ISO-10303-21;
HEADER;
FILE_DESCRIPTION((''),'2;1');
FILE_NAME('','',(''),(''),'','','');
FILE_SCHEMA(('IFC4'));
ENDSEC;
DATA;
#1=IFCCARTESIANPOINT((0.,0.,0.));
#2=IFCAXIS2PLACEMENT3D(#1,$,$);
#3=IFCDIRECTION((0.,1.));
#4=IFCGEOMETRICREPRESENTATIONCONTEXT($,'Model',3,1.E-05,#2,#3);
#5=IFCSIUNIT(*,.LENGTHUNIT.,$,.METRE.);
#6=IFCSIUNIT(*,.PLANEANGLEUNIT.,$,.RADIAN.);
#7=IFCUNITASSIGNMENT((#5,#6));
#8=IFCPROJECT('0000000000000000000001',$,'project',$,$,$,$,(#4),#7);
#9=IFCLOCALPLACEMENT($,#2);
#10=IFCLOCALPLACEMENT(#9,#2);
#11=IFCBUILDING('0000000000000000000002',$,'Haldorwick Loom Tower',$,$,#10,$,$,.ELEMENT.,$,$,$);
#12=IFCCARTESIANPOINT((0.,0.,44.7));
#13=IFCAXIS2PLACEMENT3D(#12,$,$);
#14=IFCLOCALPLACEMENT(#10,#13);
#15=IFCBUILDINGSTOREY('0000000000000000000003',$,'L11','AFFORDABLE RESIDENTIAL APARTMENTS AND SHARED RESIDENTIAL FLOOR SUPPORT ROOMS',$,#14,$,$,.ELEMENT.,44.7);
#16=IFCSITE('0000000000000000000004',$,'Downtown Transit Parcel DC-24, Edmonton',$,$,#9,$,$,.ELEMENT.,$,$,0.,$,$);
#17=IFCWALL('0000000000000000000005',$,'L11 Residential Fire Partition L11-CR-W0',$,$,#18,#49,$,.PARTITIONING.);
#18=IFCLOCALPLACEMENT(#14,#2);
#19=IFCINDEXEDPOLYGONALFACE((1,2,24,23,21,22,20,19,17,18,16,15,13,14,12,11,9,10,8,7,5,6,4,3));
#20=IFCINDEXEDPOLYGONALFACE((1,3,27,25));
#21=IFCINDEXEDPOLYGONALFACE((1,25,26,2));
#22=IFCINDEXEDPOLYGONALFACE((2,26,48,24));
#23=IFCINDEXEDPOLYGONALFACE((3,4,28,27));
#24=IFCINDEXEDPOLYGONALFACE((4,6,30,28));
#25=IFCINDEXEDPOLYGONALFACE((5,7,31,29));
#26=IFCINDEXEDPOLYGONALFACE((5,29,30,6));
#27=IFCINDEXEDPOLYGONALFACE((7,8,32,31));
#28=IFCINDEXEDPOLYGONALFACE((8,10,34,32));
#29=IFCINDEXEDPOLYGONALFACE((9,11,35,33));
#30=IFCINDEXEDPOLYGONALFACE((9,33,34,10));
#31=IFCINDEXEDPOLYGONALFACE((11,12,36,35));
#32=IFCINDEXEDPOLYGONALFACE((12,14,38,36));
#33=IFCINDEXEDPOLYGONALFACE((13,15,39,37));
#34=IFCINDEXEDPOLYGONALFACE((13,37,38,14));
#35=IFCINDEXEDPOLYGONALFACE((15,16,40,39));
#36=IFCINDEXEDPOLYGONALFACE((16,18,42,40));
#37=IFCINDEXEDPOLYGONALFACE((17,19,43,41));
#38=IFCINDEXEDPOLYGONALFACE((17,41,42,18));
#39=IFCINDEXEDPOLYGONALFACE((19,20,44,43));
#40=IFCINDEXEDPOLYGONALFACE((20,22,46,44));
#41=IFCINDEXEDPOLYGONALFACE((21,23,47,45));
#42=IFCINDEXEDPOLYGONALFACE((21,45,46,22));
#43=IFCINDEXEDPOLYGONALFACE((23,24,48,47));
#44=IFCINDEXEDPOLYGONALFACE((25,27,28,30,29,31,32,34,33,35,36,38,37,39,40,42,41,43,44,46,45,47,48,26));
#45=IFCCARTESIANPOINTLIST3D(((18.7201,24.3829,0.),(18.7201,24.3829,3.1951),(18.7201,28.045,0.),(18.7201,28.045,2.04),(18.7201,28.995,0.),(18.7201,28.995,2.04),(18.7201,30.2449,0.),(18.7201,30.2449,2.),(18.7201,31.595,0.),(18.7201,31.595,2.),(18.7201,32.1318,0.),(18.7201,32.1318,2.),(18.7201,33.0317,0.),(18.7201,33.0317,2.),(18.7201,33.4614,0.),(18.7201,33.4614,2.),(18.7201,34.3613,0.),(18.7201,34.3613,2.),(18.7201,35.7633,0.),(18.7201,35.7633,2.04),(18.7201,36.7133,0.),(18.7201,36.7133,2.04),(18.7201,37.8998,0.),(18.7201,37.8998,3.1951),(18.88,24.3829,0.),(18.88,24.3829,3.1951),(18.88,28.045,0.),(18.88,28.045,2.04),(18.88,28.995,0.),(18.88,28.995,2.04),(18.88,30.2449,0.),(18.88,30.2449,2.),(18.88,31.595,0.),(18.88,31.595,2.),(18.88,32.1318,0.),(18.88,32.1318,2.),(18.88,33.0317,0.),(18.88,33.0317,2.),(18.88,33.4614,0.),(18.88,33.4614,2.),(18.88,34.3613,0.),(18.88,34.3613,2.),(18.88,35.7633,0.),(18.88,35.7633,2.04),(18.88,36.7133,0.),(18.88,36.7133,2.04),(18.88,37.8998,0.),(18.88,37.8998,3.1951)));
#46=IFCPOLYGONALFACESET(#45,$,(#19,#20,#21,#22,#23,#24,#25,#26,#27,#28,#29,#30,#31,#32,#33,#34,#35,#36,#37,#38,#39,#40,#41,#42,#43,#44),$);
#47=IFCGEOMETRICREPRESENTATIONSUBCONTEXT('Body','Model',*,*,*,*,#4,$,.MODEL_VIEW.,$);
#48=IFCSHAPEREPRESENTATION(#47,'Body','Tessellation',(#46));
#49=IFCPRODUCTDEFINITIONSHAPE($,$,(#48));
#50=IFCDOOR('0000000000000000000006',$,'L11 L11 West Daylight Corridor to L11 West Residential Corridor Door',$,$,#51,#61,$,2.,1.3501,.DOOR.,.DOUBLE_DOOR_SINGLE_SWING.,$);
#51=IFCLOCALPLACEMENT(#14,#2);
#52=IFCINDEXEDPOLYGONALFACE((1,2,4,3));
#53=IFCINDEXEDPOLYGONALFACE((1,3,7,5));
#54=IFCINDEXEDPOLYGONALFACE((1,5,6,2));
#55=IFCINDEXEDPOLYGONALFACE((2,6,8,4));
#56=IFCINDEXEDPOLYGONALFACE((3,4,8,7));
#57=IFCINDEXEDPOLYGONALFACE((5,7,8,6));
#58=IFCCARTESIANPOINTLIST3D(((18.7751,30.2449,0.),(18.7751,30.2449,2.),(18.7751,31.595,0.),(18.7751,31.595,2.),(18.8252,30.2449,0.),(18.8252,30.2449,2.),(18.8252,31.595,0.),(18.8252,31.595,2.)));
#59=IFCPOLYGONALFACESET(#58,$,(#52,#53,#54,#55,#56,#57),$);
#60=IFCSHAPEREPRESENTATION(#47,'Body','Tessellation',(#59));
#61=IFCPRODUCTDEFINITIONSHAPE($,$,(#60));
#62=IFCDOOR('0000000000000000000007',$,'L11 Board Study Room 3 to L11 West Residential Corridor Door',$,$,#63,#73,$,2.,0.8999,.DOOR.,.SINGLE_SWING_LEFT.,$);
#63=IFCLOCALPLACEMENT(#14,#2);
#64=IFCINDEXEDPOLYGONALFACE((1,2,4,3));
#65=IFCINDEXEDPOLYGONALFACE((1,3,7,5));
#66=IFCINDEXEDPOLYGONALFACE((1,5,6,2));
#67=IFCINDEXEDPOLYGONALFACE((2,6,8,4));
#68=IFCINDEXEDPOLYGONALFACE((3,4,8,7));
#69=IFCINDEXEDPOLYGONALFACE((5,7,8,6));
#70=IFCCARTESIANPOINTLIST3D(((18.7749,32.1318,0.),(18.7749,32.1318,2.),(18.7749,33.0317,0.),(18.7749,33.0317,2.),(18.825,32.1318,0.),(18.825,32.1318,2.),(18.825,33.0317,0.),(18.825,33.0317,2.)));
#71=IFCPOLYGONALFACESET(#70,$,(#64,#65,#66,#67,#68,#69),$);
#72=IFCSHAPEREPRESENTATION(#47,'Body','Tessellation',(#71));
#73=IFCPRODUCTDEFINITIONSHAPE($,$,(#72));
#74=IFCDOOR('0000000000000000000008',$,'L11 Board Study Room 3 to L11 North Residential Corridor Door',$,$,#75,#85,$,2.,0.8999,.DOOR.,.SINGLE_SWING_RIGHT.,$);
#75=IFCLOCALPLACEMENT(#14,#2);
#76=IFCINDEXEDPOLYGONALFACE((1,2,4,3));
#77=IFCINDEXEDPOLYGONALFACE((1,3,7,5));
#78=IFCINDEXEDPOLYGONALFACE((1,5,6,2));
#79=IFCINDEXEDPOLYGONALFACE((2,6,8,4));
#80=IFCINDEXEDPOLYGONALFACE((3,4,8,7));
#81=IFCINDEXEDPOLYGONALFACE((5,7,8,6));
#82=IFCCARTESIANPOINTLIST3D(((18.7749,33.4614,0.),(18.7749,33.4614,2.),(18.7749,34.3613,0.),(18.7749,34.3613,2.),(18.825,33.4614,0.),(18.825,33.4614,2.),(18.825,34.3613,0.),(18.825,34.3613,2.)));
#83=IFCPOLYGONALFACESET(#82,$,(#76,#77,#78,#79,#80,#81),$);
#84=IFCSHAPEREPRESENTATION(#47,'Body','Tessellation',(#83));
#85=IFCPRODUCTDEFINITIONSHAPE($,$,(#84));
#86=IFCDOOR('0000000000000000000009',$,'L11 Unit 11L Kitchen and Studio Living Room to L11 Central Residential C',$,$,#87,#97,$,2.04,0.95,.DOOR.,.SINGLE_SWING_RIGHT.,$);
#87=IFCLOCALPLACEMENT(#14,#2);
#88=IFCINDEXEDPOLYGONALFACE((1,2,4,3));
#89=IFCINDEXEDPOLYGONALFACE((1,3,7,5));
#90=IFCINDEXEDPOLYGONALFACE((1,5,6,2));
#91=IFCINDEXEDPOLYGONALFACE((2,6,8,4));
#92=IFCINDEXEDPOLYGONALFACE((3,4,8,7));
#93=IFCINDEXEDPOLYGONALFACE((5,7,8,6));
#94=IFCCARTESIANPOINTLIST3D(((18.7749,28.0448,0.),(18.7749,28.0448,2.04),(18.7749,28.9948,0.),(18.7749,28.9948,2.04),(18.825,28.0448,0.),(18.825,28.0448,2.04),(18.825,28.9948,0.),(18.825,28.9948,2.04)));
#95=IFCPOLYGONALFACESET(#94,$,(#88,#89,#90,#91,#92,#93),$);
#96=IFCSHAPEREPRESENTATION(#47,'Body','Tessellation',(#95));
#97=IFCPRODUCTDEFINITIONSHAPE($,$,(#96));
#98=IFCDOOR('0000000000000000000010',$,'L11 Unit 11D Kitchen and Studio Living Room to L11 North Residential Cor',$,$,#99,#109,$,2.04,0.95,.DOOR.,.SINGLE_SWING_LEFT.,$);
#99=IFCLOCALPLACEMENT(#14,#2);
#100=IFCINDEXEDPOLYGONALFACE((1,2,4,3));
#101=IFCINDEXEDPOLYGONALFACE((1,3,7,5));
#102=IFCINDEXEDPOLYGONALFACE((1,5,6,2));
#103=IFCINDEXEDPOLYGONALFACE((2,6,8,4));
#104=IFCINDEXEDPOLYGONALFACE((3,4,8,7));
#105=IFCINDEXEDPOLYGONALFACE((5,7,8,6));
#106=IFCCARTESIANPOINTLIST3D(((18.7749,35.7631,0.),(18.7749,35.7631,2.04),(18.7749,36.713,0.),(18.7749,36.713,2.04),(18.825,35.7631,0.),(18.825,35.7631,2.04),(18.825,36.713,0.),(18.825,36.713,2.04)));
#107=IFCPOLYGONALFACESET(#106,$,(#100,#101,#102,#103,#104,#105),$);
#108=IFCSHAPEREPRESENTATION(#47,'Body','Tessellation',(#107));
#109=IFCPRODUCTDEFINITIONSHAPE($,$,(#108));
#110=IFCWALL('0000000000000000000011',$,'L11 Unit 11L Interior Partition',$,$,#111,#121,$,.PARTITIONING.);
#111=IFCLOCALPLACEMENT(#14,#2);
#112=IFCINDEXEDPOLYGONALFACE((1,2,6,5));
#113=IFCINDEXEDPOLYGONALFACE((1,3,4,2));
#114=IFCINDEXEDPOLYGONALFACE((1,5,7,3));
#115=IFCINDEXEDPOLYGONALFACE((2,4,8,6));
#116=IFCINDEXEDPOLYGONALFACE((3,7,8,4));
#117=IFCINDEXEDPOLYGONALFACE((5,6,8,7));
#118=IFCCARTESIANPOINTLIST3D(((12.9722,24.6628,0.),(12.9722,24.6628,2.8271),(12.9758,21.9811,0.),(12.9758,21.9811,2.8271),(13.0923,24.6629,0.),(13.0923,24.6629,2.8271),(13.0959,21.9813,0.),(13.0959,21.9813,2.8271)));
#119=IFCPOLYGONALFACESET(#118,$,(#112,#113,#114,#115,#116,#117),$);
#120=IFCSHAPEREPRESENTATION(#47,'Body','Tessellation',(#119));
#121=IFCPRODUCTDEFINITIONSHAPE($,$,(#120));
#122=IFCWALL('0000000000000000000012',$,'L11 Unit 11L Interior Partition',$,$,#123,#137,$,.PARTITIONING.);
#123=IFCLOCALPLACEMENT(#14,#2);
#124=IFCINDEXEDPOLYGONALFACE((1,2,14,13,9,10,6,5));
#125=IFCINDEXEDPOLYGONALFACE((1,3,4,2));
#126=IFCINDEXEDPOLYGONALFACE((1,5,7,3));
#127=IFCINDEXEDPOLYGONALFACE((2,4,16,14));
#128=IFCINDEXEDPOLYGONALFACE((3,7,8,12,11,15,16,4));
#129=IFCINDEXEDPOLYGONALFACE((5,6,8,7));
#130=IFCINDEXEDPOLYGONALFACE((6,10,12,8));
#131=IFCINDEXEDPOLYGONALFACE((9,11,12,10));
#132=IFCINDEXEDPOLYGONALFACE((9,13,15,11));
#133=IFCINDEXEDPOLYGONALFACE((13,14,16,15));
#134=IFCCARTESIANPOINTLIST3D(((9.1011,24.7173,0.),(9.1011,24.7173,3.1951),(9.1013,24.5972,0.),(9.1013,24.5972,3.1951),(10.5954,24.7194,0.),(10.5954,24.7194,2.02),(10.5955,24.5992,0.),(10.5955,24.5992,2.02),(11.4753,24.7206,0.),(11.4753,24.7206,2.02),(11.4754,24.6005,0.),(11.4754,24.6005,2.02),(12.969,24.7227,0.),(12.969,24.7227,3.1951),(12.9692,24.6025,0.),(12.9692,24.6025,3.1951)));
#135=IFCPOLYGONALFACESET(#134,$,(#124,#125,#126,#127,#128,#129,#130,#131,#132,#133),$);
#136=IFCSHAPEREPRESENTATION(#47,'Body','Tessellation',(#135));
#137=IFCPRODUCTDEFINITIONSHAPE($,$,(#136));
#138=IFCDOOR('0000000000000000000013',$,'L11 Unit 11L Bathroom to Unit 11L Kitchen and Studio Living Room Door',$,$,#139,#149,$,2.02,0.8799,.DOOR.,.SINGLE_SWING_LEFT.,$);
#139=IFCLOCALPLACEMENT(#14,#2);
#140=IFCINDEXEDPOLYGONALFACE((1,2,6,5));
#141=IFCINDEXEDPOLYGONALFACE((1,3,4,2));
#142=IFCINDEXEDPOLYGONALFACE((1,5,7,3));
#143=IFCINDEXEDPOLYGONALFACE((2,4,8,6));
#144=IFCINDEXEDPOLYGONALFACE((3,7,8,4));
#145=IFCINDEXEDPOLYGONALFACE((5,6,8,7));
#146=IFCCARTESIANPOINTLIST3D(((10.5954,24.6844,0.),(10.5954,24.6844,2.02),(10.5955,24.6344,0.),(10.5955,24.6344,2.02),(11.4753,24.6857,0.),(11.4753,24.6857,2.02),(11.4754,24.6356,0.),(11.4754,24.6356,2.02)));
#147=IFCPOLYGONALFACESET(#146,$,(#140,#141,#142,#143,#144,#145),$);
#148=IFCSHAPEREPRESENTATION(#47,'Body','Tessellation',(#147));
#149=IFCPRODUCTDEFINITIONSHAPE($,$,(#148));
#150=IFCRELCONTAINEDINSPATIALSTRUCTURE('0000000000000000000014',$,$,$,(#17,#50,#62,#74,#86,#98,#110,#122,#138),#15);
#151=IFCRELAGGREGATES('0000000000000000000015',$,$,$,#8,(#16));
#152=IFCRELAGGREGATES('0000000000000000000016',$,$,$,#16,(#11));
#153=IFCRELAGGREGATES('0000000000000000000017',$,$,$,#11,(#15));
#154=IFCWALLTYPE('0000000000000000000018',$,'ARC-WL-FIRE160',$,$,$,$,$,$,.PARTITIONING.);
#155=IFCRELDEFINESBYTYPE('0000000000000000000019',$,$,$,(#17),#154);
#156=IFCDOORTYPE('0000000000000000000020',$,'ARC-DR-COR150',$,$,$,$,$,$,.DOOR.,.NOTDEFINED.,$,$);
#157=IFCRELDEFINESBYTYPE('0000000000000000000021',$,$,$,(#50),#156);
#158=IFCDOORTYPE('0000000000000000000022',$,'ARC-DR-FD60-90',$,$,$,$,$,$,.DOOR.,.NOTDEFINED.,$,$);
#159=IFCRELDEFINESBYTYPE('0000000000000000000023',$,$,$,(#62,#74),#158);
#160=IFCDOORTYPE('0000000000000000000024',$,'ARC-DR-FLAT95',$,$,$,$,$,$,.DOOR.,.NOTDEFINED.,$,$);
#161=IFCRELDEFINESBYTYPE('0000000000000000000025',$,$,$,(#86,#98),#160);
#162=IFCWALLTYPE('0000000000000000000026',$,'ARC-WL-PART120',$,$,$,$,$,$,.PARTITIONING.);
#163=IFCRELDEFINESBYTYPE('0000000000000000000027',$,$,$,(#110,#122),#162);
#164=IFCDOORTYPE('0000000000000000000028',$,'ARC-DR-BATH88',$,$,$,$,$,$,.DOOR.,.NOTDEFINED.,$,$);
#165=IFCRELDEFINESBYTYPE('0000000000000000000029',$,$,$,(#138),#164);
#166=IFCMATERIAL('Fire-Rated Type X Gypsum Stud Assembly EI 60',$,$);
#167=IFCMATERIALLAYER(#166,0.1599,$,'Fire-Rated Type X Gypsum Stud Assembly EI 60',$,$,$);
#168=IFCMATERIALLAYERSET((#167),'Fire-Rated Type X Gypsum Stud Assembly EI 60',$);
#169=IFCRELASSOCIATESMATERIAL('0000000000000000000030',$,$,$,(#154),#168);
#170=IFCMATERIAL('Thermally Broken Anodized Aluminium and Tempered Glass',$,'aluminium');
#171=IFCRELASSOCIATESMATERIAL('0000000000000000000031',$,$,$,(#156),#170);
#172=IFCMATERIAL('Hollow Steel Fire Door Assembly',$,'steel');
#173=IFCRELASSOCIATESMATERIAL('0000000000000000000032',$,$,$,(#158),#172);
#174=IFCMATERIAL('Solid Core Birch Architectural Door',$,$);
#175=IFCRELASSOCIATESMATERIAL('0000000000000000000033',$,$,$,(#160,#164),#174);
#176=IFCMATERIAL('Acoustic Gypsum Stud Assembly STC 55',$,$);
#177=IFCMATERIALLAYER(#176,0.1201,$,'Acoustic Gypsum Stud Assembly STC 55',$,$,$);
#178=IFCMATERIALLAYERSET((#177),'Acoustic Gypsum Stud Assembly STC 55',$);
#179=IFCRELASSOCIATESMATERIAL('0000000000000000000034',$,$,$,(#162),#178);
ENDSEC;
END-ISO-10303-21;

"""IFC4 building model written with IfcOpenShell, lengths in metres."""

from ifc_helpers import new_model, si_unit, direction, frame, frame_2d, origin, place, context, subcontext, project, spatial, rectangle, extrude, material, layer, layer_set, type_object, element, fill, save


model = new_model("IFC4")

# Units and contexts
model_context = context("Model", 3, precision=1e-05, world=origin(), true_north=direction((0.0, 1.0)))
body_context = subcontext(model_context, "Body", "Model", "MODEL_VIEW")
ifc_project = project(units=[si_unit("LENGTHUNIT", "METRE"), si_unit("PLANEANGLEUNIT", "RADIAN")], contexts=[model_context])

# Site, building, storey
site_placement = place(None, origin())
site = spatial("IfcSite", under=ifc_project, at=site_placement, Name="Downtown Transit Parcel DC-24, Edmonton", CompositionType="ELEMENT", RefElevation=0.0)
building_placement = place(site_placement, origin())
building = spatial("IfcBuilding", under=site, at=building_placement, Name="Haldorwick Loom Tower", CompositionType="ELEMENT")
storey_placement = place(building_placement, frame((0.0, 0.0, 44.7)))
storey = spatial("IfcBuildingStorey", under=building, at=storey_placement, Name="L11", Description="AFFORDABLE RESIDENTIAL APARTMENTS AND SHARED RESIDENTIAL FLOOR SUPPORT ROOMS", CompositionType="ELEMENT", Elevation=44.7)

# Wall, openings, doors
ifc_material_1 = material(Name="Fire-Rated Type X Gypsum Stud Assembly EI 60")
ifc_layer_1 = layer(ifc_material_1, 0.1599, Name="Fire-Rated Type X Gypsum Stud Assembly EI 60")
ifc_layer_set_1 = layer_set([ifc_layer_1], Name="Fire-Rated Type X Gypsum Stud Assembly EI 60")
wall_type_1 = type_object("IfcWallType", Name="ARC-WL-FIRE160", PredefinedType="PARTITIONING", material=ifc_layer_set_1)
ifc_material_2 = material(Name="Thermally Broken Anodized Aluminium and Tempered Glass", Category="aluminium")
door_type_1 = type_object("IfcDoorType", Name="ARC-DR-COR150", OperationType="NOTDEFINED", PredefinedType="DOOR", material=ifc_material_2)
ifc_material_3 = material(Name="Hollow Steel Fire Door Assembly", Category="steel")
door_type_2 = type_object("IfcDoorType", Name="ARC-DR-FD60-90", OperationType="NOTDEFINED", PredefinedType="DOOR", material=ifc_material_3)
wall_1_placement = place(storey_placement, frame((18.8, 24.3831, 0.0), z_axis=(0.0, 0.0, 1.0), x_axis=(0.0, 1.0, 0.0)))
wall_1 = element("IfcWall", 1, at=wall_1_placement, inside=storey, type_object=wall_type_1, Name="L11 Residential Fire Partition L11-CR-W0", PredefinedType="PARTITIONING", context=body_context, shape_type="SweptSolid", body=[
    extrude(rectangle(XDim=13.5168, YDim=0.1599, at=frame_2d((6.7583, 0.0))), origin(), (0.0, 0.0, 1.0), 3.1951),
])
opening_1_placement = place(wall_1_placement, frame((5.8618, 0.0, 0.0)))
opening_1 = element("IfcOpeningElement", 2, at=opening_1_placement, cuts=wall_1, PredefinedType="OPENING", context=body_context, shape_type="SweptSolid", body=[
    extrude(rectangle(XDim=1.3501, YDim=2.0, at=frame_2d((0.675, 1.0))), frame((0.0, 0.0898, 0.0), z_axis=(0.0, -1.0, 0.0), x_axis=(1.0, 0.0, 0.0)), (0.0, 0.0, 1.0), 0.1799),
])
opening_2_placement = place(wall_1_placement, frame((3.6619, 0.0, 0.0)))
opening_2 = element("IfcOpeningElement", 3, at=opening_2_placement, cuts=wall_1, PredefinedType="OPENING", context=body_context, shape_type="SweptSolid", body=[
    extrude(rectangle(XDim=0.95, YDim=2.04, at=frame_2d((0.4751, 1.02))), frame((0.0, 0.0898, 0.0), z_axis=(0.0, -1.0, 0.0), x_axis=(1.0, 0.0, 0.0)), (0.0, 0.0, 1.0), 0.1799),
])
opening_3_placement = place(wall_1_placement, frame((11.3801, 0.0, 0.0)))
opening_3 = element("IfcOpeningElement", 4, at=opening_3_placement, cuts=wall_1, PredefinedType="OPENING", context=body_context, shape_type="SweptSolid", body=[
    extrude(rectangle(XDim=0.95, YDim=2.04, at=frame_2d((0.4751, 1.02))), frame((0.0, 0.0898, 0.0), z_axis=(0.0, -1.0, 0.0), x_axis=(1.0, 0.0, 0.0)), (0.0, 0.0, 1.0), 0.1799),
])
opening_4_placement = place(wall_1_placement, frame((7.7488, 0.0, 0.0)))
opening_4 = element("IfcOpeningElement", 5, at=opening_4_placement, cuts=wall_1, PredefinedType="OPENING", context=body_context, shape_type="SweptSolid", body=[
    extrude(rectangle(XDim=0.8999, YDim=2.0, at=frame_2d((0.45, 1.0))), frame((0.0, 0.0898, 0.0), z_axis=(0.0, -1.0, 0.0), x_axis=(1.0, 0.0, 0.0)), (0.0, 0.0, 1.0), 0.1799),
])
opening_5_placement = place(wall_1_placement, frame((9.0784, 0.0, 0.0)))
opening_5 = element("IfcOpeningElement", 6, at=opening_5_placement, cuts=wall_1, PredefinedType="OPENING", context=body_context, shape_type="SweptSolid", body=[
    extrude(rectangle(XDim=0.8999, YDim=2.0, at=frame_2d((0.45, 1.0))), frame((0.0, 0.0898, 0.0), z_axis=(0.0, -1.0, 0.0), x_axis=(1.0, 0.0, 0.0)), (0.0, 0.0, 1.0), 0.1799),
])
door_1_placement = place(opening_1_placement, origin())
door_1 = element("IfcDoor", 7, at=door_1_placement, inside=storey, type_object=door_type_1, Name="L11 L11 West Daylight Corridor to L11 West Residential Corridor Door", OperationType="DOUBLE_DOOR_SINGLE_SWING", OverallHeight=2.0, OverallWidth=1.3501, PredefinedType="DOOR", context=body_context, shape_type="SweptSolid", body=[
    extrude(rectangle(XDim=1.3501, YDim=2.0, at=frame_2d((0.675, 1.0))), frame((0.0, 0.0249, 0.0), z_axis=(0.0, -1.0, 0.0), x_axis=(1.0, 0.0, 0.0)), (0.0, 0.0, 1.0), 0.05),
])
fill(opening_1, door_1)
door_2_placement = place(opening_4_placement, frame((0.8999, 0.0, 0.0), z_axis=(0.0, 0.0, 1.0), x_axis=(-1.0, 0.0, 0.0)))
door_2 = element("IfcDoor", 8, at=door_2_placement, inside=storey, type_object=door_type_2, Name="L11 Board Study Room 3 to L11 West Residential Corridor Door", OperationType="SINGLE_SWING_LEFT", OverallHeight=2.0, OverallWidth=0.8999, PredefinedType="DOOR", context=body_context, shape_type="SweptSolid", body=[
    extrude(rectangle(XDim=0.8999, YDim=2.0, at=frame_2d((0.45, 1.0))), frame((0.0, 0.0249, 0.0), z_axis=(0.0, -1.0, 0.0), x_axis=(1.0, 0.0, 0.0)), (0.0, 0.0, 1.0), 0.05),
])
fill(opening_4, door_2)
door_3_placement = place(opening_5_placement, frame((0.8999, 0.0, 0.0), z_axis=(0.0, 0.0, 1.0), x_axis=(-1.0, 0.0, 0.0)))
door_3 = element("IfcDoor", 9, at=door_3_placement, inside=storey, type_object=door_type_2, Name="L11 Board Study Room 3 to L11 North Residential Corridor Door", OperationType="SINGLE_SWING_RIGHT", OverallHeight=2.0, OverallWidth=0.8999, PredefinedType="DOOR", context=body_context, shape_type="SweptSolid", body=[
    extrude(rectangle(XDim=0.8999, YDim=2.0, at=frame_2d((0.45, 1.0))), frame((0.0, 0.0249, 0.0), z_axis=(0.0, -1.0, 0.0), x_axis=(1.0, 0.0, 0.0)), (0.0, 0.0, 1.0), 0.05),
])
fill(opening_5, door_3)
ifc_material_4 = material(Name="Solid Core Birch Architectural Door")
door_type_3 = type_object("IfcDoorType", Name="ARC-DR-FLAT95", OperationType="NOTDEFINED", PredefinedType="DOOR", material=ifc_material_4)
door_4_placement = place(opening_2_placement, frame((0.95, 0.0, 0.0), z_axis=(0.0, 0.0, 1.0), x_axis=(-1.0, 0.0, 0.0)))
door_4 = element("IfcDoor", 10, at=door_4_placement, inside=storey, type_object=door_type_3, Name="L11 Unit 11L Kitchen and Studio Living Room to L11 Central Residential C", OperationType="SINGLE_SWING_RIGHT", OverallHeight=2.04, OverallWidth=0.95, PredefinedType="DOOR", context=body_context, shape_type="SweptSolid", body=[
    extrude(rectangle(XDim=0.95, YDim=2.04, at=frame_2d((0.4751, 1.02))), frame((0.0, 0.0249, 0.0), z_axis=(0.0, -1.0, 0.0), x_axis=(1.0, 0.0, 0.0)), (0.0, 0.0, 1.0), 0.05),
])
fill(opening_2, door_4)
door_5_placement = place(opening_3_placement, frame((0.95, 0.0, 0.0), z_axis=(0.0, 0.0, 1.0), x_axis=(-1.0, 0.0, 0.0)))
door_5 = element("IfcDoor", 11, at=door_5_placement, inside=storey, type_object=door_type_3, Name="L11 Unit 11D Kitchen and Studio Living Room to L11 North Residential Cor", OperationType="SINGLE_SWING_LEFT", OverallHeight=2.04, OverallWidth=0.95, PredefinedType="DOOR", context=body_context, shape_type="SweptSolid", body=[
    extrude(rectangle(XDim=0.95, YDim=2.04, at=frame_2d((0.4751, 1.02))), frame((0.0, 0.0249, 0.0), z_axis=(0.0, -1.0, 0.0), x_axis=(1.0, 0.0, 0.0)), (0.0, 0.0, 1.0), 0.05),
])
fill(opening_3, door_5)

# Wall
ifc_material_5 = material(Name="Acoustic Gypsum Stud Assembly STC 55")
ifc_layer_2 = layer(ifc_material_5, 0.1201, Name="Acoustic Gypsum Stud Assembly STC 55")
ifc_layer_set_2 = layer_set([ifc_layer_2], Name="Acoustic Gypsum Stud Assembly STC 55")
wall_type_2 = type_object("IfcWallType", Name="ARC-WL-PART120", PredefinedType="PARTITIONING", material=ifc_layer_set_2)
wall_2_placement = place(storey_placement, frame((13.0322, 24.6628, 0.0), z_axis=(0.0, 0.0, 1.0), x_axis=(0.001366, -0.999999, 0.0)))
element("IfcWall", 12, at=wall_2_placement, inside=storey, type_object=wall_type_2, Name="L11 Unit 11L Interior Partition", PredefinedType="PARTITIONING", context=body_context, shape_type="SweptSolid", body=[
    extrude(rectangle(XDim=2.6816, YDim=0.1201, at=frame_2d((1.3408, 0.0))), origin(), (0.0, 0.0, 1.0), 2.8271),
])

# Wall, opening, door
wall_3_placement = place(storey_placement, frame((12.9692, 24.6626, 0.0), z_axis=(0.0, 0.0, 1.0), x_axis=(-0.999999, -0.001389, 0.0)))
wall_3 = element("IfcWall", 13, at=wall_3_placement, inside=storey, type_object=wall_type_2, Name="L11 Unit 11L Interior Partition", PredefinedType="PARTITIONING", context=body_context, shape_type="SweptSolid", body=[
    extrude(rectangle(XDim=3.8679, YDim=0.1201, at=frame_2d((1.9341, 0.0))), origin(), (0.0, 0.0, 1.0), 3.1951),
])
opening_6_placement = place(wall_3_placement, frame((1.4939, 0.0, 0.0)))
opening_6 = element("IfcOpeningElement", 14, at=opening_6_placement, cuts=wall_3, PredefinedType="OPENING", context=body_context, shape_type="SweptSolid", body=[
    extrude(rectangle(XDim=0.8799, YDim=2.02, at=frame_2d((0.4399, 1.01))), frame((0.0, 0.0701, 0.0), z_axis=(0.0, -1.0, 0.0), x_axis=(1.0, 0.0, 0.0)), (0.0, 0.0, 1.0), 0.1401),
])
door_type_4 = type_object("IfcDoorType", Name="ARC-DR-BATH88", OperationType="NOTDEFINED", PredefinedType="DOOR", material=ifc_material_4)
door_6_placement = place(opening_6_placement, origin())
door_6 = element("IfcDoor", 15, at=door_6_placement, inside=storey, type_object=door_type_4, Name="L11 Unit 11L Bathroom to Unit 11L Kitchen and Studio Living Room Door", OperationType="SINGLE_SWING_LEFT", OverallHeight=2.02, OverallWidth=0.8799, PredefinedType="DOOR", context=body_context, shape_type="SweptSolid", body=[
    extrude(rectangle(XDim=0.8799, YDim=2.02, at=frame_2d((0.4399, 1.01))), frame((0.0, 0.0249, 0.0), z_axis=(0.0, -1.0, 0.0), x_axis=(1.0, 0.0, 0.0)), (0.0, 0.0, 1.0), 0.05),
])
fill(opening_6, door_6)

save(model, "model.ifc")
